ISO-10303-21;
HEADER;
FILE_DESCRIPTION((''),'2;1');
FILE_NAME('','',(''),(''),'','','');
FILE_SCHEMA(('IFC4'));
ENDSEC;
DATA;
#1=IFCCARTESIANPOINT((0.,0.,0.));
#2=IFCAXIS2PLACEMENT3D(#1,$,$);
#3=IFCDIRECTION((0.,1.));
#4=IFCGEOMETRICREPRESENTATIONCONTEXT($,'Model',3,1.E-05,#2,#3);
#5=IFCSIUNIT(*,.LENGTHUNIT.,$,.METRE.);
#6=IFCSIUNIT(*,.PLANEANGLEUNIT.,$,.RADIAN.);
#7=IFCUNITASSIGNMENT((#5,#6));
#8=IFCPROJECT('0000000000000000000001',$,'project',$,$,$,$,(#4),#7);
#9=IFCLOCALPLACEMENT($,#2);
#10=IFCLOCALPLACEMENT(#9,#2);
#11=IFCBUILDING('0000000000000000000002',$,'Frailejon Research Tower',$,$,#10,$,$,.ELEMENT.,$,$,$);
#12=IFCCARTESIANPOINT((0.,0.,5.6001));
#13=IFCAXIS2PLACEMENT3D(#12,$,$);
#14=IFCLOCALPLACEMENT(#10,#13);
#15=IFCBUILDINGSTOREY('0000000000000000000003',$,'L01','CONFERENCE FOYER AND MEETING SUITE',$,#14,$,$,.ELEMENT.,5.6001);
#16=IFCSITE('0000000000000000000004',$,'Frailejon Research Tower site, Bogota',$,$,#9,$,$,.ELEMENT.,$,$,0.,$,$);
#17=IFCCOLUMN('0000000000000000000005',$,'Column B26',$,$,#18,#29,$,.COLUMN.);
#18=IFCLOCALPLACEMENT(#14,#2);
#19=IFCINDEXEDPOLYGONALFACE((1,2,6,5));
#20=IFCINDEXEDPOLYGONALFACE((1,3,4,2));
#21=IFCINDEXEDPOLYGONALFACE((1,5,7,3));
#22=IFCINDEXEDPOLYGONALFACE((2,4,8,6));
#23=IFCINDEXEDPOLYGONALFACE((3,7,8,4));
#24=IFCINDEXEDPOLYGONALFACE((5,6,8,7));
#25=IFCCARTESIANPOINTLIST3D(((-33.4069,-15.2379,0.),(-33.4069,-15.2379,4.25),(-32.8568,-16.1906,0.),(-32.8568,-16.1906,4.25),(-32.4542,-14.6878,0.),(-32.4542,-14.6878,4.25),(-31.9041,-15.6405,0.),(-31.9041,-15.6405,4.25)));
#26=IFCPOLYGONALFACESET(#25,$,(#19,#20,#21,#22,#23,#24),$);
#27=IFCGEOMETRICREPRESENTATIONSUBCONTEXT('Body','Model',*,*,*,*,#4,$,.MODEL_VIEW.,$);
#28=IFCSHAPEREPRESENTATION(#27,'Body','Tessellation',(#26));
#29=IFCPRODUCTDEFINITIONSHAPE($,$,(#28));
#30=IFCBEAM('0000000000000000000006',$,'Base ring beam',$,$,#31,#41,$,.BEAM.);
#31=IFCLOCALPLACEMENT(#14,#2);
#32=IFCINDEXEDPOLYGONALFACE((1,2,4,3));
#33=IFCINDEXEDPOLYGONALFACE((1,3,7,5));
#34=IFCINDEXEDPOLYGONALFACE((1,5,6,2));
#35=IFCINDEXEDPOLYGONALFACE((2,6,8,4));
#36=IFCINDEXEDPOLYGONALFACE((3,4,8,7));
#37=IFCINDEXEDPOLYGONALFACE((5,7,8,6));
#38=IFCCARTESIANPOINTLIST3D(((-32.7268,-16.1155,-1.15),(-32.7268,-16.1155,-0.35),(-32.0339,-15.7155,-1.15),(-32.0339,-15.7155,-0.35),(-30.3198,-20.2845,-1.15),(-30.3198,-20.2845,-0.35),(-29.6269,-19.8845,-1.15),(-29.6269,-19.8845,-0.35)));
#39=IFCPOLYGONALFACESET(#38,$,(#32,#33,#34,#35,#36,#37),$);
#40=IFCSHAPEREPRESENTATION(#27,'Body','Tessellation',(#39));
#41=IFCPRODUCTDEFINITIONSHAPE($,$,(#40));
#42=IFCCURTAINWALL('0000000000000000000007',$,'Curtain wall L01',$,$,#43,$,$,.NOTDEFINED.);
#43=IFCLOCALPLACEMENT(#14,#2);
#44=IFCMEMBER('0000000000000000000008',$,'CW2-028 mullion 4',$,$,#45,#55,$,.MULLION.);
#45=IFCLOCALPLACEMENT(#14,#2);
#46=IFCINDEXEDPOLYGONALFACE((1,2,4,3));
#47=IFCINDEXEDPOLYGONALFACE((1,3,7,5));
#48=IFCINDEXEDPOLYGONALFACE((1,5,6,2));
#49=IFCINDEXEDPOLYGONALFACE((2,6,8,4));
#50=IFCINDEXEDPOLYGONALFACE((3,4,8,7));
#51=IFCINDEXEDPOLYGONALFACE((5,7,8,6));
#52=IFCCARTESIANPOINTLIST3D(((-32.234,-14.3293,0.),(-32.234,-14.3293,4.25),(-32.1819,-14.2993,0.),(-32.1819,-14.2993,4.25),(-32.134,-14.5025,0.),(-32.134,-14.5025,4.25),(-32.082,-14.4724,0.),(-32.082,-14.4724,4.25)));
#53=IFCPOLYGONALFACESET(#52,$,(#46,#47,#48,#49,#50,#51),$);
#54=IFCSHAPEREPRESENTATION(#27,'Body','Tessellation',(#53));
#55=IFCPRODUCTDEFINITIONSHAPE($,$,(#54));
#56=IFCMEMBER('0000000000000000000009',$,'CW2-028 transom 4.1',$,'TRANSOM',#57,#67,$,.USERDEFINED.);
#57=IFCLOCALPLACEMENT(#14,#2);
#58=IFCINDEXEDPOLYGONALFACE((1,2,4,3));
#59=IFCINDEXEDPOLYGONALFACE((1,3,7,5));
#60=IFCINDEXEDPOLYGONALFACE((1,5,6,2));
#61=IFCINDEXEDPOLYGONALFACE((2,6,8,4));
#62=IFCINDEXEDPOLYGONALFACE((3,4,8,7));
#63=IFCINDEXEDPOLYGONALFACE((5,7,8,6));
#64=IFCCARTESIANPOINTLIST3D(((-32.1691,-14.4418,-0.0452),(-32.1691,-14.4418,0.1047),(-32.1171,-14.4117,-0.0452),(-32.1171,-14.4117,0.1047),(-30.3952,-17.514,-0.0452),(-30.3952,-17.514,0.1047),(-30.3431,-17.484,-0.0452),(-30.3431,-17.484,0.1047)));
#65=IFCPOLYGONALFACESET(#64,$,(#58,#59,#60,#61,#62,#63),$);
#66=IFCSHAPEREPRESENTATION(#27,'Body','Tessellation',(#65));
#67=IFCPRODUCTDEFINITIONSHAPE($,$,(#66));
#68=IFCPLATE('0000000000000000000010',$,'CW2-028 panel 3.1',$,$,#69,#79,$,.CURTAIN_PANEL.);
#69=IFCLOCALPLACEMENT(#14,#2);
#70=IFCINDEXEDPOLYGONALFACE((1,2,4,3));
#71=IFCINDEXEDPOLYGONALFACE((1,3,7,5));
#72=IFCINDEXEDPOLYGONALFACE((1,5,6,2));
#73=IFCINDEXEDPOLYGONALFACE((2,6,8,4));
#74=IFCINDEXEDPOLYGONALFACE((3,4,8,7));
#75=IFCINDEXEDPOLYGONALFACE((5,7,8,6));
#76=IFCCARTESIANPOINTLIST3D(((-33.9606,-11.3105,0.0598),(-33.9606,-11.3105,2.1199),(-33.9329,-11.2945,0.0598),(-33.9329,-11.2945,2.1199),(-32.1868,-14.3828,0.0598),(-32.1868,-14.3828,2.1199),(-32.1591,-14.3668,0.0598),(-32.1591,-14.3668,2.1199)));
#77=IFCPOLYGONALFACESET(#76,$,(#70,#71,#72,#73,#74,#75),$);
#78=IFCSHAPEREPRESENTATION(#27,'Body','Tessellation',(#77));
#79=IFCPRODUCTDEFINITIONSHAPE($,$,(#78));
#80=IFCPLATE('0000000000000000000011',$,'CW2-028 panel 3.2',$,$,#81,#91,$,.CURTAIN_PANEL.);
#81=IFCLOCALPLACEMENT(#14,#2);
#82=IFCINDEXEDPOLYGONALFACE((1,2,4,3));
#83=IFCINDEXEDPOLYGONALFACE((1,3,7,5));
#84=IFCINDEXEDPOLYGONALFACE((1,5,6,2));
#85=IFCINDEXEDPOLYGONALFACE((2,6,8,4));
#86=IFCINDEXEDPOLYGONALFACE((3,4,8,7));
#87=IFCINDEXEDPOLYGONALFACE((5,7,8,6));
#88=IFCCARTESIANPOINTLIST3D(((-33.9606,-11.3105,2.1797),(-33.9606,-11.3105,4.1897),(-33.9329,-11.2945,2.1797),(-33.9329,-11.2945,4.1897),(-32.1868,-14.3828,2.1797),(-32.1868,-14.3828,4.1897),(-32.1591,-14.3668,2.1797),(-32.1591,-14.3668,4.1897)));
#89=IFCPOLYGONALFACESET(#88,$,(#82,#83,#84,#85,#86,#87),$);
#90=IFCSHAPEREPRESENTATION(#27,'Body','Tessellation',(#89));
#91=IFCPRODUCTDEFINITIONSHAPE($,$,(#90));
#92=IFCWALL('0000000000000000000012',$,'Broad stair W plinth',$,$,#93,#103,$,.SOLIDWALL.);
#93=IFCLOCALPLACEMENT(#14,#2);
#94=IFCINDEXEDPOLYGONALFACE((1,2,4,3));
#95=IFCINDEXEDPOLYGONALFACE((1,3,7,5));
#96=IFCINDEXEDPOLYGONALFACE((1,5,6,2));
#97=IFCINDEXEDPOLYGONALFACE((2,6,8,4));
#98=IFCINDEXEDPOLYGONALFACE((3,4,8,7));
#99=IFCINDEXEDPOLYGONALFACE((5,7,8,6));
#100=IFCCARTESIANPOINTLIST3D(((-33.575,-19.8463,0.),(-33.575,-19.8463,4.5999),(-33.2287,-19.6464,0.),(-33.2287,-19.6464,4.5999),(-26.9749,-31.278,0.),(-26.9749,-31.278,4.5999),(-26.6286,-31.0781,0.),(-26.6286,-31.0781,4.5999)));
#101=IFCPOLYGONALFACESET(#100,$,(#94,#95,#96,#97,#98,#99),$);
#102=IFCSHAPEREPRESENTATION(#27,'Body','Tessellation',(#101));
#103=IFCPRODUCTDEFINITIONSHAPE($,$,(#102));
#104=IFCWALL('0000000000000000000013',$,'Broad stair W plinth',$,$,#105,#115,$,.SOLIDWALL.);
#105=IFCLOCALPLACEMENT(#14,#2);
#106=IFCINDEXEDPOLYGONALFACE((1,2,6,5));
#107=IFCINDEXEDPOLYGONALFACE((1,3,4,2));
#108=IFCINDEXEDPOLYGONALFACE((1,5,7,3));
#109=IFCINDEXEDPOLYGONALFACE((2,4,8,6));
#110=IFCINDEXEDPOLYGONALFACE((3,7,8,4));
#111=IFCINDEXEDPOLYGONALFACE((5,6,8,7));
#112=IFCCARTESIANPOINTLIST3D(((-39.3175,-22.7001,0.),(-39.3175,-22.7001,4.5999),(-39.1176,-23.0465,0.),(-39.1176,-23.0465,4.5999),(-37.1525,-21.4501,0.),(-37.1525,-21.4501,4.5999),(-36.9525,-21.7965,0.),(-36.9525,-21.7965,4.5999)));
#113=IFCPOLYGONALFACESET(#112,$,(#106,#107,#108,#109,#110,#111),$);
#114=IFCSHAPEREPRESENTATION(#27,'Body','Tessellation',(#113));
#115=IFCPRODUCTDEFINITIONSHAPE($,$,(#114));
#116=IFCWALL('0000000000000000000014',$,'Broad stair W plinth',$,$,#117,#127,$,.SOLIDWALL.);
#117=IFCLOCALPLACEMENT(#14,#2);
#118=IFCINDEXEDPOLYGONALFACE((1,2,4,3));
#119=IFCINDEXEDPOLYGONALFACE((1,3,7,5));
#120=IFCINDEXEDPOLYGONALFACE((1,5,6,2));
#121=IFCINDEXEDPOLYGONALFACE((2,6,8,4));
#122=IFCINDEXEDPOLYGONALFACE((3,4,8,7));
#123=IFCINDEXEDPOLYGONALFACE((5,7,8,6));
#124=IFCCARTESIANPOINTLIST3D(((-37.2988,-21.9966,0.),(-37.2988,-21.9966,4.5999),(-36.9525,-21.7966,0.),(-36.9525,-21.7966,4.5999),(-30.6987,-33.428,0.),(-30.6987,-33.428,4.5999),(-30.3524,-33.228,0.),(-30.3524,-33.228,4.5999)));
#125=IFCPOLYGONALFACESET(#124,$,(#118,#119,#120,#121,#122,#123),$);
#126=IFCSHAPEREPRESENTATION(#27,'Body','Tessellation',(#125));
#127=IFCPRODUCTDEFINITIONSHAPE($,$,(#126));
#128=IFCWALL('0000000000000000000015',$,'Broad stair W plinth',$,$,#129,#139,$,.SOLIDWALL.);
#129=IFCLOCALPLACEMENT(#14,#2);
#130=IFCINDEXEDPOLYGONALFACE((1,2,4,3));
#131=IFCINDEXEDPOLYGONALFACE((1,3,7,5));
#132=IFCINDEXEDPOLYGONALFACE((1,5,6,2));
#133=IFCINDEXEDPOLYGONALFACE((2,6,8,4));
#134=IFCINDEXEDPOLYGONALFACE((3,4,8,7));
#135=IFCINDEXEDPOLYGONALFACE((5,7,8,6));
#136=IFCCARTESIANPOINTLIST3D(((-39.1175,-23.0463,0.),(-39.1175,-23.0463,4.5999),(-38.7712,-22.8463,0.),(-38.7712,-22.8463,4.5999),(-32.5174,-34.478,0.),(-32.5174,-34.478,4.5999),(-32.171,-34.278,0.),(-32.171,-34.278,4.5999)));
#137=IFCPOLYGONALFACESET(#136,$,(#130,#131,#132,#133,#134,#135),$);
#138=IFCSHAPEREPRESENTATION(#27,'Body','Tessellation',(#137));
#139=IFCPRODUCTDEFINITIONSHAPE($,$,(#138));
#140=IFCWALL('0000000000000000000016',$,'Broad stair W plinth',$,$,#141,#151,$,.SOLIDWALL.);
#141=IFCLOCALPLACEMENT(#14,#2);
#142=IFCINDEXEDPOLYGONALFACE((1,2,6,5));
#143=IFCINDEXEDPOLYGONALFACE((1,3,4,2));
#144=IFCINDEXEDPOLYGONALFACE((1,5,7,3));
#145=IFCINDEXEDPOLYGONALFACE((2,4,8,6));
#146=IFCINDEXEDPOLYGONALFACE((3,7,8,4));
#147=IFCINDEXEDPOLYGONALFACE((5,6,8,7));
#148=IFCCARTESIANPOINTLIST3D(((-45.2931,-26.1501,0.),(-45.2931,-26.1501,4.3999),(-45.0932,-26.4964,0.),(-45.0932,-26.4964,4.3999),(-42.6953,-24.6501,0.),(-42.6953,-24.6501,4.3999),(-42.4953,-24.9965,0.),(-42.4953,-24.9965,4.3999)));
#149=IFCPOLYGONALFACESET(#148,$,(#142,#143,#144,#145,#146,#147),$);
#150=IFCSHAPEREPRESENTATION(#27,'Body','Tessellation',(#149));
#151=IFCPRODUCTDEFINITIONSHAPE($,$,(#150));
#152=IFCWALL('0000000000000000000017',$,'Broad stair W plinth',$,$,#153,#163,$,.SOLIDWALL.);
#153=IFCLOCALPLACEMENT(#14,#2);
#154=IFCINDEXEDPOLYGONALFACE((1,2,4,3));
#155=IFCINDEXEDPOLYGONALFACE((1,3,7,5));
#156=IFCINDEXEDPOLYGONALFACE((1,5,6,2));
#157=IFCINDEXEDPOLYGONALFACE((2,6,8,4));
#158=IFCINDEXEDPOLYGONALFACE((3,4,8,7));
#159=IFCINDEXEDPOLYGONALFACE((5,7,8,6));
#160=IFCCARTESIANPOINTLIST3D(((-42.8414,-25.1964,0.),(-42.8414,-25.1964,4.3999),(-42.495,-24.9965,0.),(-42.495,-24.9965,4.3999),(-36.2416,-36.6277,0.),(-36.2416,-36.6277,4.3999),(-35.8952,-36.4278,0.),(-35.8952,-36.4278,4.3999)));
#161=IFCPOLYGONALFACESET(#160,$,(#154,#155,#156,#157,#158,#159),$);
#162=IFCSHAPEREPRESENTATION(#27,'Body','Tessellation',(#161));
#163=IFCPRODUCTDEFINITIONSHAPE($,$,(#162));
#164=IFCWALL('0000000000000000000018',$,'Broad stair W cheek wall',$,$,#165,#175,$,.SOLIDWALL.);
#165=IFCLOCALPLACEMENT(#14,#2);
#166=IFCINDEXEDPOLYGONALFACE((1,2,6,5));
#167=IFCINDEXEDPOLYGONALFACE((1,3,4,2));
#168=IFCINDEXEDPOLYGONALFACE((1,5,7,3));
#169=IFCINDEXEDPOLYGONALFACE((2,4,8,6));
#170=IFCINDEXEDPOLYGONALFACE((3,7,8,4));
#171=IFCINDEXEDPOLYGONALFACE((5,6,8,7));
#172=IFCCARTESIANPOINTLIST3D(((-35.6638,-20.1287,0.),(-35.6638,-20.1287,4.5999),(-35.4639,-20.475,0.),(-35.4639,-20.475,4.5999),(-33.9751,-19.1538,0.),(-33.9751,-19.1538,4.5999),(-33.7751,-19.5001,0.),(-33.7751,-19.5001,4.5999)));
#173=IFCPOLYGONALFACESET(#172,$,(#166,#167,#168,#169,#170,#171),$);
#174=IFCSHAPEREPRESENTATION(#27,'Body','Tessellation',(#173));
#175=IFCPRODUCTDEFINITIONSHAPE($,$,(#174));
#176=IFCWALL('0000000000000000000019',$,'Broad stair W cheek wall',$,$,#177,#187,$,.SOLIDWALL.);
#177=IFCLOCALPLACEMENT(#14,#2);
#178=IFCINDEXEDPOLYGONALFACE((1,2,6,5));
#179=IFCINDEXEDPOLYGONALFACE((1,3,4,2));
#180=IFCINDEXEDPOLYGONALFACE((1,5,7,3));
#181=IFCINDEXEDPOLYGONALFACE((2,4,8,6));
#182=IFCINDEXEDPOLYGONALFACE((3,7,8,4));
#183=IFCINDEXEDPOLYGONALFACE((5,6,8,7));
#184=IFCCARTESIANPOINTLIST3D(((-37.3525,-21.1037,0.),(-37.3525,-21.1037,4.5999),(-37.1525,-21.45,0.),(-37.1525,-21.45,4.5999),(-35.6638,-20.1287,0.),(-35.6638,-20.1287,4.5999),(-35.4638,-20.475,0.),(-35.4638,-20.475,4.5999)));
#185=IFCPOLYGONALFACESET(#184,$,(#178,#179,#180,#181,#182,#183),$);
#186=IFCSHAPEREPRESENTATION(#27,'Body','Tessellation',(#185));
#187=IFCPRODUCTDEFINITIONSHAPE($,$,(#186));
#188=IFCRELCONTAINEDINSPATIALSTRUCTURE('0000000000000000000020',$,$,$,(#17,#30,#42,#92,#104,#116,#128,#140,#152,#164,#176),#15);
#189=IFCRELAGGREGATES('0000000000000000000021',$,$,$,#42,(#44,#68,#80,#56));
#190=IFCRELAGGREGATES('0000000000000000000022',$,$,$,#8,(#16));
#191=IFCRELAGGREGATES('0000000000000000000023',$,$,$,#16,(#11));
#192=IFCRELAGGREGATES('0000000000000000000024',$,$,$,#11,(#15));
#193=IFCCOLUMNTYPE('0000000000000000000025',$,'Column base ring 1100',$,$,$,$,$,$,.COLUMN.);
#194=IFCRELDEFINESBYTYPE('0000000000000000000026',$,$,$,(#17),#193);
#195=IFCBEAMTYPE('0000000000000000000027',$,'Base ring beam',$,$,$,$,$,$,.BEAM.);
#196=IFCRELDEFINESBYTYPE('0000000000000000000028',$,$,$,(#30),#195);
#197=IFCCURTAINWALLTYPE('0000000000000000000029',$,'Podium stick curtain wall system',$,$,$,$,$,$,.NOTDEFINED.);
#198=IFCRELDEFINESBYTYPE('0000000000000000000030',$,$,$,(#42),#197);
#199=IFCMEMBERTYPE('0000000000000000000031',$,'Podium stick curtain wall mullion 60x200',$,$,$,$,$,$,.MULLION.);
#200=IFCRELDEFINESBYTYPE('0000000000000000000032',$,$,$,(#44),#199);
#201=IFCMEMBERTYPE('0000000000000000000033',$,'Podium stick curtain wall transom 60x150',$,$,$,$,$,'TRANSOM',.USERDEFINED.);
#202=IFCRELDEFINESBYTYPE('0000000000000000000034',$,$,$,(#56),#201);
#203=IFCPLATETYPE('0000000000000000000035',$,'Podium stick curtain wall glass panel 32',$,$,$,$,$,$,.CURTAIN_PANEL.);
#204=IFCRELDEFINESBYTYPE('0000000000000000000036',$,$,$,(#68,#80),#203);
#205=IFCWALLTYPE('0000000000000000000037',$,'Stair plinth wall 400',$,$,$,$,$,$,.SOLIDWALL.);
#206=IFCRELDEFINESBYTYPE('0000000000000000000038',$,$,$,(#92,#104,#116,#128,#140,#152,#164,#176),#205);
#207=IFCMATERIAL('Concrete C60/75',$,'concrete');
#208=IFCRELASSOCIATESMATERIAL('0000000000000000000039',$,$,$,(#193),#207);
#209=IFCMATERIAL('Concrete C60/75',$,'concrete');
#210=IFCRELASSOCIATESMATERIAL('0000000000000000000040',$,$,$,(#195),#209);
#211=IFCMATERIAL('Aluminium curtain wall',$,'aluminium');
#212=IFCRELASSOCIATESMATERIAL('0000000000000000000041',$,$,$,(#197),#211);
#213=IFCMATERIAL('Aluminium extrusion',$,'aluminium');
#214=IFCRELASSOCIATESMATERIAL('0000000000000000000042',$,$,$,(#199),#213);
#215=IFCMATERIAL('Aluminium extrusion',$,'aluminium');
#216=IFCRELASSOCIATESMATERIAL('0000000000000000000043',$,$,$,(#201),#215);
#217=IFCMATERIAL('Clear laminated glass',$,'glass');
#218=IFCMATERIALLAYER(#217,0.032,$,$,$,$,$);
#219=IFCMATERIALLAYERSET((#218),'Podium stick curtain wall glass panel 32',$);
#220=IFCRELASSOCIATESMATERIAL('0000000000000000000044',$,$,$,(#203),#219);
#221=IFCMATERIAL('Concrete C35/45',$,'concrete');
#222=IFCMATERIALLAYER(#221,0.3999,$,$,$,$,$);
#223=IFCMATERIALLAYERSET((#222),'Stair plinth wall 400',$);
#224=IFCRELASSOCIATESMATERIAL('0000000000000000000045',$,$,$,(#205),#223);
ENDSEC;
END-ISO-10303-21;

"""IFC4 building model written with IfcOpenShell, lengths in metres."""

from ifc_helpers import new_model, si_unit, direction, frame, frame_2d, origin, origin_2d, place, context, subcontext, project, spatial, rectangle, extrude, material, layer, layer_set, material_profile, profile_set, type_object, element, aggregate, save


model = new_model("IFC4")

# Units and contexts
model_context = context("Model", 3, precision=1e-05, world=origin(), true_north=direction((0.0, 1.0)))
body_context = subcontext(model_context, "Body", "Model", "MODEL_VIEW")
ifc_project = project(units=[si_unit("LENGTHUNIT", "METRE"), si_unit("PLANEANGLEUNIT", "RADIAN")], contexts=[model_context])

# Site, building, storey
site_placement = place(None, origin())
site = spatial("IfcSite", under=ifc_project, at=site_placement, Name="Frailejon Research Tower site, Bogota", CompositionType="ELEMENT", RefElevation=0.0)
building_placement = place(site_placement, origin())
building = spatial("IfcBuilding", under=site, at=building_placement, Name="Frailejon Research Tower", CompositionType="ELEMENT")
storey_placement = place(building_placement, frame((0.0, 0.0, 5.6001)))
storey = spatial("IfcBuildingStorey", under=building, at=storey_placement, Name="L01", Description="CONFERENCE FOYER AND MEETING SUITE", CompositionType="ELEMENT", Elevation=5.6001)

# Column
ifc_material_1 = material(Name="Concrete C60/75", Category="concrete")
ifc_material_profile_1 = material_profile(ifc_material_1, rectangle(XDim=1.1001, YDim=1.1001, at=origin_2d()), Name="Column base ring 1100")
ifc_profile_set_1 = profile_set([ifc_material_profile_1], Name="Concrete C60/75")
column_type = type_object("IfcColumnType", Name="Column base ring 1100", PredefinedType="COLUMN", material=ifc_profile_set_1)
column_placement = place(storey_placement, frame((-32.6555, -15.4392, 0.0), z_axis=(0.0, 0.0, 1.0), x_axis=(0.5, -0.866025, 0.0)))
element("IfcColumn", 1, at=column_placement, inside=storey, type_object=column_type, Name="Column B26", PredefinedType="COLUMN", context=body_context, shape_type="SweptSolid", body=[
    extrude(rectangle(XDim=1.1001, YDim=1.1001, at=origin_2d()), origin(), (0.0, 0.0, 1.0), 4.25),
])

# Beam
ifc_material_2 = material(Name="Concrete C60/75", Category="concrete")
ifc_material_profile_2 = material_profile(ifc_material_2, rectangle(XDim=0.8, YDim=0.8, at=origin_2d()), Name="Base ring beam")
ifc_profile_set_2 = profile_set([ifc_material_profile_2], Name="Concrete C60/75")
beam_type = type_object("IfcBeamType", Name="Base ring beam", PredefinedType="BEAM", material=ifc_profile_set_2)
beam_placement = place(storey_placement, frame((-32.3804, -15.9155, -0.75), z_axis=(0.500006, -0.866022, 0.0), x_axis=(0.866022, 0.500006, 0.0)))
element("IfcBeam", 2, at=beam_placement, inside=storey, type_object=beam_type, Name="Base ring beam", PredefinedType="BEAM", context=body_context, shape_type="SweptSolid", body=[
    extrude(rectangle(XDim=0.8, YDim=0.8, at=origin_2d()), origin(), (0.0, 0.0, 1.0), 4.814),
])

# Curtain wall, members, plates
ifc_material_3 = material(Name="Aluminium curtain wall", Category="aluminium")
curtain_wall_type = type_object("IfcCurtainWallType", Name="Podium stick curtain wall system", PredefinedType="NOTDEFINED", material=ifc_material_3)
curtain_wall_placement = place(storey_placement, origin())
curtain_wall = element("IfcCurtainWall", 3, at=curtain_wall_placement, inside=storey, type_object=curtain_wall_type, Name="Curtain wall L01", PredefinedType="NOTDEFINED")
ifc_material_4 = material(Name="Aluminium extrusion", Category="aluminium")
ifc_material_profile_3 = material_profile(ifc_material_4, rectangle(XDim=0.0601, YDim=0.2, at=origin_2d()), Name="Podium stick curtain wall mullion 60x200")
ifc_profile_set_3 = profile_set([ifc_material_profile_3], Name="Aluminium extrusion")
member_type_1 = type_object("IfcMemberType", Name="Podium stick curtain wall mullion 60x200", PredefinedType="MULLION", material=ifc_profile_set_3)
member_1_placement = place(storey_placement, frame((-32.158, -14.4009, 0.0), z_axis=(0.0, 0.0, 1.0), x_axis=(0.866026, 0.499998, 0.0)))
member_1 = element("IfcMember", 4, at=member_1_placement, type_object=member_type_1, Name="CW2-028 mullion 4", PredefinedType="MULLION", context=body_context, shape_type="SweptSolid", body=[
    extrude(rectangle(XDim=0.0601, YDim=0.2, at=origin_2d()), origin(), (0.0, 0.0, 1.0), 4.25),
])
ifc_material_5 = material(Name="Aluminium extrusion", Category="aluminium")
ifc_material_profile_4 = material_profile(ifc_material_5, rectangle(XDim=0.0601, YDim=0.1499, at=origin_2d()), Name="Podium stick curtain wall transom 60x150")
ifc_profile_set_4 = profile_set([ifc_material_profile_4], Name="Aluminium extrusion")
member_type_2 = type_object("IfcMemberType", Name="Podium stick curtain wall transom 60x150", ElementType="TRANSOM", PredefinedType="USERDEFINED", material=ifc_profile_set_4)
member_2_placement = place(storey_placement, frame((-32.1431, -14.4268, 0.0298), z_axis=(0.500032, -0.866007, 0.0), x_axis=(0.866007, 0.500032, 0.0)))
member_2 = element("IfcMember", 5, at=member_2_placement, type_object=member_type_2, Name="CW2-028 transom 4.1", ObjectType="TRANSOM", PredefinedType="USERDEFINED", context=body_context, shape_type="SweptSolid", body=[
    extrude(rectangle(XDim=0.0601, YDim=0.1499, at=origin_2d()), origin(), (0.0, 0.0, 1.0), 3.5476),
])
ifc_material_6 = material(Name="Clear laminated glass", Category="glass")
ifc_layer_1 = layer(ifc_material_6, 0.032)
ifc_layer_set_1 = layer_set([ifc_layer_1], Name="Podium stick curtain wall glass panel 32")
plate_type = type_object("IfcPlateType", Name="Podium stick curtain wall glass panel 32", PredefinedType="CURTAIN_PANEL", material=ifc_layer_set_1)
plate_1_placement = place(storey_placement, frame((-33.0598, -12.8386, 0.0598), z_axis=(0.0, 0.0, 1.0), x_axis=(0.499998, -0.866026, 0.0)))
plate_1 = element("IfcPlate", 6, at=plate_1_placement, type_object=plate_type, Name="CW2-028 panel 3.1", PredefinedType="CURTAIN_PANEL", context=body_context, shape_type="SweptSolid", body=[
    extrude(rectangle(XDim=3.5476, YDim=0.032, at=origin_2d()), origin(), (0.0, 0.0, 1.0), 2.0601),
])
plate_2_placement = place(storey_placement, frame((-33.0598, -12.8386, 2.1797), z_axis=(0.0, 0.0, 1.0), x_axis=(0.499998, -0.866026, 0.0)))
plate_2 = element("IfcPlate", 7, at=plate_2_placement, type_object=plate_type, Name="CW2-028 panel 3.2", PredefinedType="CURTAIN_PANEL", context=body_context, shape_type="SweptSolid", body=[
    extrude(rectangle(XDim=3.5476, YDim=0.032, at=origin_2d()), origin(), (0.0, 0.0, 1.0), 2.01),
])
aggregate(curtain_wall, [member_1, plate_1, plate_2, member_2])

# Walls
ifc_material_7 = material(Name="Concrete C35/45", Category="concrete")
ifc_layer_2 = layer(ifc_material_7, 0.3999)
ifc_layer_set_2 = layer_set([ifc_layer_2], Name="Stair plinth wall 400")
wall_type = type_object("IfcWallType", Name="Stair plinth wall 400", PredefinedType="SOLIDWALL", material=ifc_layer_set_2)
wall_1_placement = place(storey_placement, frame((-33.4019, -19.7463, 0.0), z_axis=(0.0, 0.0, 1.0), x_axis=(0.500002, -0.866024, 0.0)))
element("IfcWall", 8, at=wall_1_placement, inside=storey, type_object=wall_type, Name="Broad stair W plinth", PredefinedType="SOLIDWALL", context=body_context, shape_type="SweptSolid", body=[
    extrude(rectangle(XDim=13.2002, YDim=0.3999, at=frame_2d((6.6001, 0.0))), origin(), (0.0, 0.0, 1.0), 4.5999),
])
wall_2_placement = place(storey_placement, frame((-37.0525, -21.6233, 0.0), z_axis=(0.0, 0.0, 1.0), x_axis=(-0.866023, -0.500004, 0.0)))
element("IfcWall", 9, at=wall_2_placement, inside=storey, type_object=wall_type, Name="Broad stair W plinth", PredefinedType="SOLIDWALL", context=body_context, shape_type="SweptSolid", body=[
    extrude(rectangle(XDim=2.5, YDim=0.3999, at=frame_2d((1.25, 0.0))), origin(), (0.0, 0.0, 1.0), 4.5999),
])
wall_3_placement = place(storey_placement, frame((-37.1257, -21.8965, 0.0), z_axis=(0.0, 0.0, 1.0), x_axis=(0.50001, -0.86602, 0.0)))
element("IfcWall", 10, at=wall_3_placement, inside=storey, type_object=wall_type, Name="Broad stair W plinth", PredefinedType="SOLIDWALL", context=body_context, shape_type="SweptSolid", body=[
    extrude(rectangle(XDim=13.2, YDim=0.3999, at=frame_2d((6.6001, 0.0))), origin(), (0.0, 0.0, 1.0), 4.5999),
])
wall_4_placement = place(storey_placement, frame((-38.9443, -22.9463, 0.0), z_axis=(0.0, 0.0, 1.0), x_axis=(0.500002, -0.866024, 0.0)))
element("IfcWall", 11, at=wall_4_placement, inside=storey, type_object=wall_type, Name="Broad stair W plinth", PredefinedType="SOLIDWALL", context=body_context, shape_type="SweptSolid", body=[
    extrude(rectangle(XDim=13.2002, YDim=0.3999, at=frame_2d((6.6001, 0.0))), origin(), (0.0, 0.0, 1.0), 4.5999),
])
wall_5_placement = place(storey_placement, frame((-42.5952, -24.8232, 0.0), z_axis=(0.0, 0.0, 1.0), x_axis=(-0.866011, -0.500025, 0.0)))
element("IfcWall", 12, at=wall_5_placement, inside=storey, type_object=wall_type, Name="Broad stair W plinth", PredefinedType="SOLIDWALL", context=body_context, shape_type="SweptSolid", body=[
    extrude(rectangle(XDim=2.9998, YDim=0.3999, at=frame_2d((1.5, 0.0))), origin(), (0.0, 0.0, 1.0), 4.3999),
])
wall_6_placement = place(storey_placement, frame((-42.6682, -25.0964, 0.0), z_axis=(0.0, 0.0, 1.0), x_axis=(0.499996, -0.866028, 0.0)))
element("IfcWall", 13, at=wall_6_placement, inside=storey, type_object=wall_type, Name="Broad stair W plinth", PredefinedType="SOLIDWALL", context=body_context, shape_type="SweptSolid", body=[
    extrude(rectangle(XDim=13.1997, YDim=0.3999, at=frame_2d((6.5999, 0.0))), origin(), (0.0, 0.0, 1.0), 4.3999),
])
for number, where, z_axis, x_axis, name in (
    (14, (-33.875, -19.3269, 0.0), (0.0, 0.0, 1.0), (-0.866054, -0.49995, 0.0), "Broad stair W cheek wall"),
    (15, (-35.5637, -20.3018, 0.0), (0.0, 0.0, 1.0), (-0.866, -0.500044, 0.0), "Broad stair W cheek wall"),
):
    element("IfcWall", number, at=place(storey_placement, frame(where, z_axis=z_axis, x_axis=x_axis)), inside=storey, type_object=wall_type, Name=name, PredefinedType="SOLIDWALL", context=body_context, shape_type="SweptSolid", body=[
        extrude(rectangle(XDim=1.95, YDim=0.3999, at=frame_2d((0.9751, 0.0))), origin(), (0.0, 0.0, 1.0), 4.5999),
    ])

save(model, "model.ifc")
